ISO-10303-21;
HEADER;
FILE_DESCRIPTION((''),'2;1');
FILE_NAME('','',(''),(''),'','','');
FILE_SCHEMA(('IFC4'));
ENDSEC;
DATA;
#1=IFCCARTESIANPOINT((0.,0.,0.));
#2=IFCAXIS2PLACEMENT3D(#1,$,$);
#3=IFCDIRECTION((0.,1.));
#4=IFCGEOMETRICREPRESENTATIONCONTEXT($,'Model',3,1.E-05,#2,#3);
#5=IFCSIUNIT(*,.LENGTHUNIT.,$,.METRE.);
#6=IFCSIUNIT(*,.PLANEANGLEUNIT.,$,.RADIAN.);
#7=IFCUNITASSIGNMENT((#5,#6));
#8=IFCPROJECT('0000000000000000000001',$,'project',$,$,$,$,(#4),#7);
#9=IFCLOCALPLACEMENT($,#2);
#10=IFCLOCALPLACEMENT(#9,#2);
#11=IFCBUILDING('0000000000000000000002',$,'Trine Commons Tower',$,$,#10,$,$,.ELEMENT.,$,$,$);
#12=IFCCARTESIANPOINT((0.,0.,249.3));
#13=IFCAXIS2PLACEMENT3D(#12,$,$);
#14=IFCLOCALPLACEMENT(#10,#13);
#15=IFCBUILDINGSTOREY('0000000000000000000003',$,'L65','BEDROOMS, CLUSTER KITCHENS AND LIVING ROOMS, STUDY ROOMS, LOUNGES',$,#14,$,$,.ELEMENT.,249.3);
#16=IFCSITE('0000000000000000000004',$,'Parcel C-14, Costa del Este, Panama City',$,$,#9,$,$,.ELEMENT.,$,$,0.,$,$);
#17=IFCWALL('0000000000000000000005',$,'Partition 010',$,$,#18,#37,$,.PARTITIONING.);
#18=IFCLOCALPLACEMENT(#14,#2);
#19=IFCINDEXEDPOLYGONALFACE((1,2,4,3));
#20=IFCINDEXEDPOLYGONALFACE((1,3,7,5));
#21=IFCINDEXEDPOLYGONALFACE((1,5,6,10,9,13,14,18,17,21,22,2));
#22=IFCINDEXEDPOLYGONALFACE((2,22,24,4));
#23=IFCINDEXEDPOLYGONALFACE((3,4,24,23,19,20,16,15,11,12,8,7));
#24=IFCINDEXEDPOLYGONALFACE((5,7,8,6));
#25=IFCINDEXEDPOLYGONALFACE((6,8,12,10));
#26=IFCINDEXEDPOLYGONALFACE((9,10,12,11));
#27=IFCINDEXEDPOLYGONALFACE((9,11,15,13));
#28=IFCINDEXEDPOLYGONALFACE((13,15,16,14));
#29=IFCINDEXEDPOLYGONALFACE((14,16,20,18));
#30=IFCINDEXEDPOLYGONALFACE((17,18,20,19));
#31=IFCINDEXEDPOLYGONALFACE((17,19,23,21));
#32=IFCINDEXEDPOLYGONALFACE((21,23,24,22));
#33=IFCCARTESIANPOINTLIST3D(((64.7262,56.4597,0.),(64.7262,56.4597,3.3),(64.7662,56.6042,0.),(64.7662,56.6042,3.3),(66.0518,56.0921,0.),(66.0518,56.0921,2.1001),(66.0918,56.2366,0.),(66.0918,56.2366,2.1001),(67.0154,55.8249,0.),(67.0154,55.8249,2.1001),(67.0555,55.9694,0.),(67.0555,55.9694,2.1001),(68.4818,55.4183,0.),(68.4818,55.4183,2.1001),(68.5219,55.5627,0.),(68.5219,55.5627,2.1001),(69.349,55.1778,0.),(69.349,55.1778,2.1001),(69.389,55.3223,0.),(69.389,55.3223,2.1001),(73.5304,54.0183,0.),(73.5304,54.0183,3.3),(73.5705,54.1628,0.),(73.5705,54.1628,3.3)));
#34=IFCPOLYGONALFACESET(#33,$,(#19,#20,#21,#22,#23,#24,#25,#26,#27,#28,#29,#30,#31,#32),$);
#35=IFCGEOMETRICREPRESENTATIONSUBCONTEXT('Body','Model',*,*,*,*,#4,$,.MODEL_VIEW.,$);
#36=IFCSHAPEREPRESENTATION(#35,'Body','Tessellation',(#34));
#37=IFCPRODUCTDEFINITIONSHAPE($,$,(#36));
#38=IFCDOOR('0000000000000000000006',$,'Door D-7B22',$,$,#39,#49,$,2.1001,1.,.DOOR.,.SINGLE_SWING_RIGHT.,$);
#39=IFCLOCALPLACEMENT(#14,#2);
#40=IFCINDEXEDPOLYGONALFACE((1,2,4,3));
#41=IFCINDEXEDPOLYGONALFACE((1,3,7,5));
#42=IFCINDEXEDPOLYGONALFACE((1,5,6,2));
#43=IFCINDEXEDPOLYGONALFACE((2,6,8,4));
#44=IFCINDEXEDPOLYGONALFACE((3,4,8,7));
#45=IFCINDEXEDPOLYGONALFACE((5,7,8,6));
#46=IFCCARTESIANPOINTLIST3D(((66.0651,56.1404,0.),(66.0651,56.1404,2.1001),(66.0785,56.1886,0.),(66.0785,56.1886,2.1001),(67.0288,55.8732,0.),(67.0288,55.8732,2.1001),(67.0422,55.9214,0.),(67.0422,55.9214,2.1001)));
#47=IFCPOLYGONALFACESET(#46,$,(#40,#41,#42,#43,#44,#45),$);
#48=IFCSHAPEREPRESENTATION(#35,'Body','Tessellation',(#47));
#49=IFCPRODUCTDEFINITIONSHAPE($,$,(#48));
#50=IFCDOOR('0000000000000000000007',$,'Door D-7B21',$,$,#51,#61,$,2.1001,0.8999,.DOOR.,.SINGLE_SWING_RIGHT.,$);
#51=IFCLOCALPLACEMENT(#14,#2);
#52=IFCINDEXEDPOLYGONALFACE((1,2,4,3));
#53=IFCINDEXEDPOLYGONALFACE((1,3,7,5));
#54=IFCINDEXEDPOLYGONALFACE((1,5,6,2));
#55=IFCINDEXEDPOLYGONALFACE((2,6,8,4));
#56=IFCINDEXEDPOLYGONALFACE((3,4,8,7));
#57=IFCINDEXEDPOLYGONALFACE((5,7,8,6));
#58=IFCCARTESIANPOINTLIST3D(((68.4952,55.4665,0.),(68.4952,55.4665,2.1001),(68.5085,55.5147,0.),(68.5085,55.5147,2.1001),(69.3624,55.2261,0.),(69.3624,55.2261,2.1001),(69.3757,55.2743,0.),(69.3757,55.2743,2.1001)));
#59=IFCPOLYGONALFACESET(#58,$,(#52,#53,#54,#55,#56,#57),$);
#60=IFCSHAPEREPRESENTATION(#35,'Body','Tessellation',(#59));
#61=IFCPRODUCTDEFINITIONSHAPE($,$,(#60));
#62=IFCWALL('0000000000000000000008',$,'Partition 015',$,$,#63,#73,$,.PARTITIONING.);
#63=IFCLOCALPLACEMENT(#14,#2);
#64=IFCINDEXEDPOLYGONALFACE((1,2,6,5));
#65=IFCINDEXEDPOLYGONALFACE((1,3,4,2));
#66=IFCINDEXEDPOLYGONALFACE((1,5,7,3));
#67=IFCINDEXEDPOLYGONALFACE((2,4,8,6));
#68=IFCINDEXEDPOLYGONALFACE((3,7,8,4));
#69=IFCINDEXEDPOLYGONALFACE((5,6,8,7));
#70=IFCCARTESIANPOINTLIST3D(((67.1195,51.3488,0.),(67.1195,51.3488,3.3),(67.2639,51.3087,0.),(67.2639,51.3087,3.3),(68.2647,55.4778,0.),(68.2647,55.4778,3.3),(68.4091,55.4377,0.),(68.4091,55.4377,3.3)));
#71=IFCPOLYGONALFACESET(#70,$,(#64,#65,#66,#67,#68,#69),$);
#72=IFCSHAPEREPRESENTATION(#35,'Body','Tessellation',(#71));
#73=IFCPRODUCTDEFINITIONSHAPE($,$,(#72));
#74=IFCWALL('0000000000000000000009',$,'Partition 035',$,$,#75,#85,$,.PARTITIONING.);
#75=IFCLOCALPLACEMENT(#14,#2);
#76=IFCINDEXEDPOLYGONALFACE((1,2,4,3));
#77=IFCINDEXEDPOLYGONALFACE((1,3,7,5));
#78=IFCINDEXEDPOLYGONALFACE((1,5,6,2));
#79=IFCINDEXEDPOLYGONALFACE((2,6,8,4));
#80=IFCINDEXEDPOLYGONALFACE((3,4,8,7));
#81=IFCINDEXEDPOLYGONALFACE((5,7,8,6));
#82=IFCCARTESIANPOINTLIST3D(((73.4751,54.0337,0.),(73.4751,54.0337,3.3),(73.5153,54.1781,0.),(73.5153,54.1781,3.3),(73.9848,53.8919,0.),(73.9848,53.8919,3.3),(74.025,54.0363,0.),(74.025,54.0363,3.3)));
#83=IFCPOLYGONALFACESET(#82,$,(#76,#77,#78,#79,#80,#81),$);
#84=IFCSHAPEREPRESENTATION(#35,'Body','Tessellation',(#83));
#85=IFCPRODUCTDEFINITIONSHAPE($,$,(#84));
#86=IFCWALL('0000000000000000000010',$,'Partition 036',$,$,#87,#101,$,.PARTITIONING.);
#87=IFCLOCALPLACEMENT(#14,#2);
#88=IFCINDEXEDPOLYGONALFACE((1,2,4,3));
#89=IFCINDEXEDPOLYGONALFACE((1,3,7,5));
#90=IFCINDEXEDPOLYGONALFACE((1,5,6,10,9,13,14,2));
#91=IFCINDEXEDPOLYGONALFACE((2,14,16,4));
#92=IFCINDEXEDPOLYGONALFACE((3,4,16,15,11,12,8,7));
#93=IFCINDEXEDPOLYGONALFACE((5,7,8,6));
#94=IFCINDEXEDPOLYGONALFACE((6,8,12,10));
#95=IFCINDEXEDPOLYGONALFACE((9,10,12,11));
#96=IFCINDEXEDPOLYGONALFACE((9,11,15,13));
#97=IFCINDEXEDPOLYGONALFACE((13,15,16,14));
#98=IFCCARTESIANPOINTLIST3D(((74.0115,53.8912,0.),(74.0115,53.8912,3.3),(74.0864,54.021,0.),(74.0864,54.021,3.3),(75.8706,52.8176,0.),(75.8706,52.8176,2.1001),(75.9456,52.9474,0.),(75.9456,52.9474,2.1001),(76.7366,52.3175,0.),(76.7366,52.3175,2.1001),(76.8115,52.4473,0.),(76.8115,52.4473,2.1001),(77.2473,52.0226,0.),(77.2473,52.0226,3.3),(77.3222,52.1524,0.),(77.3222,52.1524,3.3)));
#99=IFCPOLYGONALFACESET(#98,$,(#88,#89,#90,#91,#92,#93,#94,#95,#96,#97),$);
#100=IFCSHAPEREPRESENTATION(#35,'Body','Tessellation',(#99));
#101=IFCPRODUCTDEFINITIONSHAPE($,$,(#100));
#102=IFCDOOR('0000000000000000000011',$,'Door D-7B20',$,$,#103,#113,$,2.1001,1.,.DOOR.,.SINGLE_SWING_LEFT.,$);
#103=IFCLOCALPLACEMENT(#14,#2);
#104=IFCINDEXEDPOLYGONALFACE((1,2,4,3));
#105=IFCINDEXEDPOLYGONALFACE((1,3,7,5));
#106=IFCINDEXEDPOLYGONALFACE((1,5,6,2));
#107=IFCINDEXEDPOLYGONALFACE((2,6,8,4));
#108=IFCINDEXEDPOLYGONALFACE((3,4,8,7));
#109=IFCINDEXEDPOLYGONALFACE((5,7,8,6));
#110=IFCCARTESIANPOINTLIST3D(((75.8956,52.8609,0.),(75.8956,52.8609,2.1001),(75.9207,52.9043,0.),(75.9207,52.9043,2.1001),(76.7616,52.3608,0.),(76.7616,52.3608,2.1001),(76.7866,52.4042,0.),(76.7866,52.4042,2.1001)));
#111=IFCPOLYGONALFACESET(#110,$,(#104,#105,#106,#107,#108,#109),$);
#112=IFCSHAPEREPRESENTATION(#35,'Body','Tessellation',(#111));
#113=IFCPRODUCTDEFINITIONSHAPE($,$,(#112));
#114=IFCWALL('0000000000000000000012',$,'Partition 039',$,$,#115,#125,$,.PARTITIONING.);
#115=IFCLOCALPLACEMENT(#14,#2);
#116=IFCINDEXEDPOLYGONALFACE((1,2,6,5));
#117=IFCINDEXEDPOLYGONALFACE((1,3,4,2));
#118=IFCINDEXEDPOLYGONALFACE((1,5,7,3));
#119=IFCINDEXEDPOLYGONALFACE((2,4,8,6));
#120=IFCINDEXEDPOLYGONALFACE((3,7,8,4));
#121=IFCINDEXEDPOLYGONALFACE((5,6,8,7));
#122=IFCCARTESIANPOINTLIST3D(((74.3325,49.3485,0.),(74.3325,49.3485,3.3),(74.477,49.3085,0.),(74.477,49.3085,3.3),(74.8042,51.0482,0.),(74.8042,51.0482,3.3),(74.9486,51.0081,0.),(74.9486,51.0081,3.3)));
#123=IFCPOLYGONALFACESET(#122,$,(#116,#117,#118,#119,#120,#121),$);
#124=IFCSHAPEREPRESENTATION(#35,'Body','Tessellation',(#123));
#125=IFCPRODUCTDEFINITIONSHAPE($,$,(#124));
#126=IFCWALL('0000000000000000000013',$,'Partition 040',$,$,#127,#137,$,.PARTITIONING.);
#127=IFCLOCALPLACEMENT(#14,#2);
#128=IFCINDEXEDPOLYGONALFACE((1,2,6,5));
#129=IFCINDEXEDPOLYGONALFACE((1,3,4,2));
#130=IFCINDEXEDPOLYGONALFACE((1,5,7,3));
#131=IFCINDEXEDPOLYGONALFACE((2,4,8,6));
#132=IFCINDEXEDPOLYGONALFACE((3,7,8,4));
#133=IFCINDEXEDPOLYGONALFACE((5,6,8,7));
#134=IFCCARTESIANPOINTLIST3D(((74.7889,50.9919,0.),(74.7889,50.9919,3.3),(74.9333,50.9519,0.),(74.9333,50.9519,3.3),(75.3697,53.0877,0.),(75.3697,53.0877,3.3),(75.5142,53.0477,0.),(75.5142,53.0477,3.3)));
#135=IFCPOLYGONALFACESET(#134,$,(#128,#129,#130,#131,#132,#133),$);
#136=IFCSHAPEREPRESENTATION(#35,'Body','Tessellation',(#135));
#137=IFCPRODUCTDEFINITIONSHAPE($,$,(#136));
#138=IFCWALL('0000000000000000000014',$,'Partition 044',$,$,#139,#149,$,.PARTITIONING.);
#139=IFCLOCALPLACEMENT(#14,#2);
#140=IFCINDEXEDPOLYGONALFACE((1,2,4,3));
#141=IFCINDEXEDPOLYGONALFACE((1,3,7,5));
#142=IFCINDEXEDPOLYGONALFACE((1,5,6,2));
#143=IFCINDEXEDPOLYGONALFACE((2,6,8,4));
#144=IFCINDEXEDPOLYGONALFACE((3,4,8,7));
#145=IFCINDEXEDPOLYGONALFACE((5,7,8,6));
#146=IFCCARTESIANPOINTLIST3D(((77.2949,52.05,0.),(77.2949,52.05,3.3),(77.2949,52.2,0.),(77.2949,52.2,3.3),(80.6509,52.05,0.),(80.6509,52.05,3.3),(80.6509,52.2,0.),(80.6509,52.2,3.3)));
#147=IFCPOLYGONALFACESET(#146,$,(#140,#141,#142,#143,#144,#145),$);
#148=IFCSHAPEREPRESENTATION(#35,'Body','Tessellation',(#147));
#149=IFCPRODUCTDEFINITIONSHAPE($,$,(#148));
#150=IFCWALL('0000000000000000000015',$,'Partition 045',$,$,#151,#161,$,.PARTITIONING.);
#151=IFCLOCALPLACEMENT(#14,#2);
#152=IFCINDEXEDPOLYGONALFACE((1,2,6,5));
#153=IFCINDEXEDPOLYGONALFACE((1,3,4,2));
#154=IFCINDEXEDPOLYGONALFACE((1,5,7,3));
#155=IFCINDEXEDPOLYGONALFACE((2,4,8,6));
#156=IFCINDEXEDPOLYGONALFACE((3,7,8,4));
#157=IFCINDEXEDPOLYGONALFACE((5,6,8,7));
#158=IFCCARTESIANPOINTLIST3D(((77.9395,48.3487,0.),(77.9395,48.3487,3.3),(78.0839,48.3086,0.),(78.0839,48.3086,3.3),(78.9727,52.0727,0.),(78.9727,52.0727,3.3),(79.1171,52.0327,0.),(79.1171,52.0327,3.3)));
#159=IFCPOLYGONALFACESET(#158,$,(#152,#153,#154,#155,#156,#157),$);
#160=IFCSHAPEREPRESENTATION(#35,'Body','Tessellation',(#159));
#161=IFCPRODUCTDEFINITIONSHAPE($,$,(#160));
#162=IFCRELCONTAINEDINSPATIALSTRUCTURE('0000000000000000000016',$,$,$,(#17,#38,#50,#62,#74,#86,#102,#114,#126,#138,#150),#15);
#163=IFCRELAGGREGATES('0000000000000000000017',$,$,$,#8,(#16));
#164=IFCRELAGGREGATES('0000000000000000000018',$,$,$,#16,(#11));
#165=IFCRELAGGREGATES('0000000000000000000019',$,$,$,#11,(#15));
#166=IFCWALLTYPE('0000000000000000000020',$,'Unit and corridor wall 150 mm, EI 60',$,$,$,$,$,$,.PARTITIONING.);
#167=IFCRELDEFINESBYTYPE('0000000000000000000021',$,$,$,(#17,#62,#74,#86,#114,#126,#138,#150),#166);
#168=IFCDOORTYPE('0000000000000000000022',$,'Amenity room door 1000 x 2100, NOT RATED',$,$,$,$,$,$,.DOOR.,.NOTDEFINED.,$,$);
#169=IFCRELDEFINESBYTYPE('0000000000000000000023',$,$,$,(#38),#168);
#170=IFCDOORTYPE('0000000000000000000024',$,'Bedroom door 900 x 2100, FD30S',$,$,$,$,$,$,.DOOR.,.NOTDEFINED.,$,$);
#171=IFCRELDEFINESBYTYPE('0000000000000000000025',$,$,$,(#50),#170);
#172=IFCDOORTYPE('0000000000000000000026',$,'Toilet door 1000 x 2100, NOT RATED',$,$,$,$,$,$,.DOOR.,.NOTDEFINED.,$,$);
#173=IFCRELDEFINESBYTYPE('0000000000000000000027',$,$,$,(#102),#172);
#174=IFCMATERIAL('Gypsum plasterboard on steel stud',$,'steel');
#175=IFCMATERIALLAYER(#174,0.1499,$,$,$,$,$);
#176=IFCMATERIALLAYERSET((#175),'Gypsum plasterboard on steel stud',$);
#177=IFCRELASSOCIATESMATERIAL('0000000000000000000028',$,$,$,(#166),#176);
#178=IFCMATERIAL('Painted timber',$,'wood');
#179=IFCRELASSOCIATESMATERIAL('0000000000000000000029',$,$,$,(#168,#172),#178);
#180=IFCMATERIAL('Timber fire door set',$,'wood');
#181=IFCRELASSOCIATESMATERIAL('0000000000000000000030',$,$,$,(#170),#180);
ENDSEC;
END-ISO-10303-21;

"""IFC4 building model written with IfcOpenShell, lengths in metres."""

from ifc_helpers import new_model, si_unit, direction, frame, frame_2d, origin, place, context, subcontext, project, spatial, rectangle, extrude, material, layer, layer_set, type_object, element, fill, save


model = new_model("IFC4")

# Units and contexts
model_context = context("Model", 3, precision=1e-05, world=origin(), true_north=direction((0.0, 1.0)))
body_context = subcontext(model_context, "Body", "Model", "MODEL_VIEW")
ifc_project = project(units=[si_unit("LENGTHUNIT", "METRE"), si_unit("PLANEANGLEUNIT", "RADIAN")], contexts=[model_context])

# Site, building, storey
site_placement = place(None, origin())
site = spatial("IfcSite", under=ifc_project, at=site_placement, Name="Parcel C-14, Costa del Este, Panama City", CompositionType="ELEMENT", RefElevation=0.0)
building_placement = place(site_placement, origin())
building = spatial("IfcBuilding", under=site, at=building_placement, Name="Trine Commons Tower", CompositionType="ELEMENT")
storey_placement = place(building_placement, frame((0.0, 0.0, 249.3)))
storey = spatial("IfcBuildingStorey", under=building, at=storey_placement, Name="L65", Description="BEDROOMS, CLUSTER KITCHENS AND LIVING ROOMS, STUDY ROOMS, LOUNGES", CompositionType="ELEMENT", Elevation=249.3)

# Shared definitions
ifc_material_1 = material(Name="Gypsum plasterboard on steel stud", Category="steel")
ifc_layer_1 = layer(ifc_material_1, 0.1499)
ifc_layer_set_1 = layer_set([ifc_layer_1], Name="Gypsum plasterboard on steel stud")
wall_type_1 = type_object("IfcWallType", Name="Unit and corridor wall 150 mm, EI 60", PredefinedType="PARTITIONING", material=ifc_layer_set_1)
ifc_material_2 = material(Name="Painted timber", Category="wood")

# Wall, openings, doors
wall_1_placement = place(storey_placement, frame((64.7461, 56.532, 0.0), z_axis=(0.0, 0.0, 1.0), x_axis=(0.963636, -0.267217, 0.0)))
wall_1 = element("IfcWall", 1, at=wall_1_placement, inside=storey, type_object=wall_type_1, Name="Partition 010", PredefinedType="PARTITIONING", context=body_context, shape_type="SweptSolid", body=[
    extrude(rectangle(XDim=9.1365, YDim=0.1499, at=frame_2d((4.5684, 0.0))), origin(), (0.0, 0.0, 1.0), 3.3),
])
opening_1_placement = place(wall_1_placement, frame((3.8975, 0.0, 0.0)))
opening_1 = element("IfcOpeningElement", 2, at=opening_1_placement, cuts=wall_1, PredefinedType="OPENING", context=body_context, shape_type="SweptSolid", body=[
    extrude(rectangle(XDim=0.8999, YDim=2.1001, at=frame_2d((0.45, 1.05))), frame((0.0, 0.085, 0.0), z_axis=(0.0, -1.0, 0.0), x_axis=(1.0, 0.0, 0.0)), (0.0, 0.0, 1.0), 0.1699),
])
opening_2_placement = place(wall_1_placement, frame((1.3757, 0.0, 0.0)))
opening_2 = element("IfcOpeningElement", 3, at=opening_2_placement, cuts=wall_1, PredefinedType="OPENING", context=body_context, shape_type="SweptSolid", body=[
    extrude(rectangle(XDim=1.0, YDim=2.1001, at=frame_2d((0.5, 1.05))), frame((0.0, 0.085, 0.0), z_axis=(0.0, -1.0, 0.0), x_axis=(1.0, 0.0, 0.0)), (0.0, 0.0, 1.0), 0.1699),
])
door_type_1 = type_object("IfcDoorType", Name="Amenity room door 1000 x 2100, NOT RATED", OperationType="NOTDEFINED", PredefinedType="DOOR", material=ifc_material_2)
door_1_placement = place(opening_2_placement, frame((1.0, 0.0, 0.0), z_axis=(0.0, 0.0, 1.0), x_axis=(-1.0, 0.0, 0.0)))
door_1 = element("IfcDoor", 4, at=door_1_placement, inside=storey, type_object=door_type_1, Name="Door D-7B22", OperationType="SINGLE_SWING_RIGHT", OverallHeight=2.1001, OverallWidth=1.0, PredefinedType="DOOR", context=body_context, shape_type="SweptSolid", body=[
    extrude(rectangle(XDim=1.0, YDim=2.1001, at=frame_2d((0.5, 1.05))), frame((0.0, 0.0249, 0.0), z_axis=(0.0, -1.0, 0.0), x_axis=(1.0, 0.0, 0.0)), (0.0, 0.0, 1.0), 0.05),
])
fill(opening_2, door_1)
ifc_material_3 = material(Name="Timber fire door set", Category="wood")
door_type_2 = type_object("IfcDoorType", Name="Bedroom door 900 x 2100, FD30S", OperationType="NOTDEFINED", PredefinedType="DOOR", material=ifc_material_3)
door_2_placement = place(opening_1_placement, frame((0.8999, 0.0, 0.0), z_axis=(0.0, 0.0, 1.0), x_axis=(-1.0, 0.0, 0.0)))
door_2 = element("IfcDoor", 5, at=door_2_placement, inside=storey, type_object=door_type_2, Name="Door D-7B21", OperationType="SINGLE_SWING_RIGHT", OverallHeight=2.1001, OverallWidth=0.8999, PredefinedType="DOOR", context=body_context, shape_type="SweptSolid", body=[
    extrude(rectangle(XDim=0.8999, YDim=2.1001, at=frame_2d((0.45, 1.05))), frame((0.0, 0.0249, 0.0), z_axis=(0.0, -1.0, 0.0), x_axis=(1.0, 0.0, 0.0)), (0.0, 0.0, 1.0), 0.05),
])
fill(opening_1, door_2)

# Walls
wall_2_placement = place(storey_placement, frame((67.1917, 51.3286, 0.0), z_axis=(0.0, 0.0, 1.0), x_axis=(0.267271, 0.963622, 0.0)))
element("IfcWall", 6, at=wall_2_placement, inside=storey, type_object=wall_type_1, Name="Partition 015", PredefinedType="PARTITIONING", context=body_context, shape_type="SweptSolid", body=[
    extrude(rectangle(XDim=4.2849, YDim=0.1499, at=frame_2d((2.1426, 0.0))), origin(), (0.0, 0.0, 1.0), 3.3),
])
wall_3_placement = place(storey_placement, frame((73.4951, 54.106, 0.0), z_axis=(0.0, 0.0, 1.0), x_axis=(0.963399, -0.268072, 0.0)))
element("IfcWall", 7, at=wall_3_placement, inside=storey, type_object=wall_type_1, Name="Partition 035", PredefinedType="PARTITIONING", context=body_context, shape_type="SweptSolid", body=[
    extrude(rectangle(XDim=0.5291, YDim=0.1499, at=frame_2d((0.2646, 0.0))), origin(), (0.0, 0.0, 1.0), 3.3),
])

# Wall, opening, door
wall_4_placement = place(storey_placement, frame((74.0491, 53.9561, 0.0), z_axis=(0.0, 0.0, 1.0), x_axis=(0.865974, -0.500088, 0.0)))
wall_4 = element("IfcWall", 8, at=wall_4_placement, inside=storey, type_object=wall_type_1, Name="Partition 036", PredefinedType="PARTITIONING", context=body_context, shape_type="SweptSolid", body=[
    extrude(rectangle(XDim=3.7366, YDim=0.1499, at=frame_2d((1.8682, 0.0))), origin(), (0.0, 0.0, 1.0), 3.3),
])
opening_3_placement = place(wall_4_placement, frame((2.1467, 0.0, 0.0)))
opening_3 = element("IfcOpeningElement", 9, at=opening_3_placement, cuts=wall_4, PredefinedType="OPENING", context=body_context, shape_type="SweptSolid", body=[
    extrude(rectangle(XDim=1.0, YDim=2.1001, at=frame_2d((0.5, 1.05))), frame((0.0, 0.085, 0.0), z_axis=(0.0, -1.0, 0.0), x_axis=(1.0, 0.0, 0.0)), (0.0, 0.0, 1.0), 0.1699),
])
door_type_3 = type_object("IfcDoorType", Name="Toilet door 1000 x 2100, NOT RATED", OperationType="NOTDEFINED", PredefinedType="DOOR", material=ifc_material_2)
door_3_placement = place(opening_3_placement, frame((1.0, 0.0, 0.0), z_axis=(0.0, 0.0, 1.0), x_axis=(-1.0, 0.0, 0.0)))
door_3 = element("IfcDoor", 10, at=door_3_placement, inside=storey, type_object=door_type_3, Name="Door D-7B20", OperationType="SINGLE_SWING_LEFT", OverallHeight=2.1001, OverallWidth=1.0, PredefinedType="DOOR", context=body_context, shape_type="SweptSolid", body=[
    extrude(rectangle(XDim=1.0, YDim=2.1001, at=frame_2d((0.5, 1.05))), frame((0.0, 0.0249, 0.0), z_axis=(0.0, -1.0, 0.0), x_axis=(1.0, 0.0, 0.0)), (0.0, 0.0, 1.0), 0.05),
])
fill(opening_3, door_3)

# Walls
wall_5_placement = place(storey_placement, frame((74.4048, 49.3286, 0.0), z_axis=(0.0, 0.0, 1.0), x_axis=(0.267401, 0.963585, 0.0)))
element("IfcWall", 11, at=wall_5_placement, inside=storey, type_object=wall_type_1, Name="Partition 039", PredefinedType="PARTITIONING", context=body_context, shape_type="SweptSolid", body=[
    extrude(rectangle(XDim=1.7639, YDim=0.1499, at=frame_2d((0.8818, 0.0))), origin(), (0.0, 0.0, 1.0), 3.3),
])
wall_6_placement = place(storey_placement, frame((74.8611, 50.9719, 0.0), z_axis=(0.0, 0.0, 1.0), x_axis=(0.267076, 0.963675, 0.0)))
element("IfcWall", 12, at=wall_6_placement, inside=storey, type_object=wall_type_1, Name="Partition 040", PredefinedType="PARTITIONING", context=body_context, shape_type="SweptSolid", body=[
    extrude(rectangle(XDim=2.1748, YDim=0.1499, at=frame_2d((1.0874, 0.0))), origin(), (0.0, 0.0, 1.0), 3.3),
])
wall_7_placement = place(storey_placement, frame((77.2949, 52.125, 0.0), z_axis=(0.0, 0.0, 1.0), x_axis=(1.0, 0.0, 0.0)))
element("IfcWall", 13, at=wall_7_placement, inside=storey, type_object=wall_type_1, Name="Partition 044", PredefinedType="PARTITIONING", context=body_context, shape_type="SweptSolid", body=[
    extrude(rectangle(XDim=3.356, YDim=0.1499, at=frame_2d((1.678, 0.0))), origin(), (0.0, 0.0, 1.0), 3.3),
])
wall_8_placement = place(storey_placement, frame((78.0117, 48.3286, 0.0), z_axis=(0.0, 0.0, 1.0), x_axis=(0.267338, 0.963603, 0.0)))
element("IfcWall", 14, at=wall_8_placement, inside=storey, type_object=wall_type_1, Name="Partition 045", PredefinedType="PARTITIONING", context=body_context, shape_type="SweptSolid", body=[
    extrude(rectangle(XDim=3.8647, YDim=0.1499, at=frame_2d((1.9324, 0.0))), origin(), (0.0, 0.0, 1.0), 3.3),
])

save(model, "model.ifc")
